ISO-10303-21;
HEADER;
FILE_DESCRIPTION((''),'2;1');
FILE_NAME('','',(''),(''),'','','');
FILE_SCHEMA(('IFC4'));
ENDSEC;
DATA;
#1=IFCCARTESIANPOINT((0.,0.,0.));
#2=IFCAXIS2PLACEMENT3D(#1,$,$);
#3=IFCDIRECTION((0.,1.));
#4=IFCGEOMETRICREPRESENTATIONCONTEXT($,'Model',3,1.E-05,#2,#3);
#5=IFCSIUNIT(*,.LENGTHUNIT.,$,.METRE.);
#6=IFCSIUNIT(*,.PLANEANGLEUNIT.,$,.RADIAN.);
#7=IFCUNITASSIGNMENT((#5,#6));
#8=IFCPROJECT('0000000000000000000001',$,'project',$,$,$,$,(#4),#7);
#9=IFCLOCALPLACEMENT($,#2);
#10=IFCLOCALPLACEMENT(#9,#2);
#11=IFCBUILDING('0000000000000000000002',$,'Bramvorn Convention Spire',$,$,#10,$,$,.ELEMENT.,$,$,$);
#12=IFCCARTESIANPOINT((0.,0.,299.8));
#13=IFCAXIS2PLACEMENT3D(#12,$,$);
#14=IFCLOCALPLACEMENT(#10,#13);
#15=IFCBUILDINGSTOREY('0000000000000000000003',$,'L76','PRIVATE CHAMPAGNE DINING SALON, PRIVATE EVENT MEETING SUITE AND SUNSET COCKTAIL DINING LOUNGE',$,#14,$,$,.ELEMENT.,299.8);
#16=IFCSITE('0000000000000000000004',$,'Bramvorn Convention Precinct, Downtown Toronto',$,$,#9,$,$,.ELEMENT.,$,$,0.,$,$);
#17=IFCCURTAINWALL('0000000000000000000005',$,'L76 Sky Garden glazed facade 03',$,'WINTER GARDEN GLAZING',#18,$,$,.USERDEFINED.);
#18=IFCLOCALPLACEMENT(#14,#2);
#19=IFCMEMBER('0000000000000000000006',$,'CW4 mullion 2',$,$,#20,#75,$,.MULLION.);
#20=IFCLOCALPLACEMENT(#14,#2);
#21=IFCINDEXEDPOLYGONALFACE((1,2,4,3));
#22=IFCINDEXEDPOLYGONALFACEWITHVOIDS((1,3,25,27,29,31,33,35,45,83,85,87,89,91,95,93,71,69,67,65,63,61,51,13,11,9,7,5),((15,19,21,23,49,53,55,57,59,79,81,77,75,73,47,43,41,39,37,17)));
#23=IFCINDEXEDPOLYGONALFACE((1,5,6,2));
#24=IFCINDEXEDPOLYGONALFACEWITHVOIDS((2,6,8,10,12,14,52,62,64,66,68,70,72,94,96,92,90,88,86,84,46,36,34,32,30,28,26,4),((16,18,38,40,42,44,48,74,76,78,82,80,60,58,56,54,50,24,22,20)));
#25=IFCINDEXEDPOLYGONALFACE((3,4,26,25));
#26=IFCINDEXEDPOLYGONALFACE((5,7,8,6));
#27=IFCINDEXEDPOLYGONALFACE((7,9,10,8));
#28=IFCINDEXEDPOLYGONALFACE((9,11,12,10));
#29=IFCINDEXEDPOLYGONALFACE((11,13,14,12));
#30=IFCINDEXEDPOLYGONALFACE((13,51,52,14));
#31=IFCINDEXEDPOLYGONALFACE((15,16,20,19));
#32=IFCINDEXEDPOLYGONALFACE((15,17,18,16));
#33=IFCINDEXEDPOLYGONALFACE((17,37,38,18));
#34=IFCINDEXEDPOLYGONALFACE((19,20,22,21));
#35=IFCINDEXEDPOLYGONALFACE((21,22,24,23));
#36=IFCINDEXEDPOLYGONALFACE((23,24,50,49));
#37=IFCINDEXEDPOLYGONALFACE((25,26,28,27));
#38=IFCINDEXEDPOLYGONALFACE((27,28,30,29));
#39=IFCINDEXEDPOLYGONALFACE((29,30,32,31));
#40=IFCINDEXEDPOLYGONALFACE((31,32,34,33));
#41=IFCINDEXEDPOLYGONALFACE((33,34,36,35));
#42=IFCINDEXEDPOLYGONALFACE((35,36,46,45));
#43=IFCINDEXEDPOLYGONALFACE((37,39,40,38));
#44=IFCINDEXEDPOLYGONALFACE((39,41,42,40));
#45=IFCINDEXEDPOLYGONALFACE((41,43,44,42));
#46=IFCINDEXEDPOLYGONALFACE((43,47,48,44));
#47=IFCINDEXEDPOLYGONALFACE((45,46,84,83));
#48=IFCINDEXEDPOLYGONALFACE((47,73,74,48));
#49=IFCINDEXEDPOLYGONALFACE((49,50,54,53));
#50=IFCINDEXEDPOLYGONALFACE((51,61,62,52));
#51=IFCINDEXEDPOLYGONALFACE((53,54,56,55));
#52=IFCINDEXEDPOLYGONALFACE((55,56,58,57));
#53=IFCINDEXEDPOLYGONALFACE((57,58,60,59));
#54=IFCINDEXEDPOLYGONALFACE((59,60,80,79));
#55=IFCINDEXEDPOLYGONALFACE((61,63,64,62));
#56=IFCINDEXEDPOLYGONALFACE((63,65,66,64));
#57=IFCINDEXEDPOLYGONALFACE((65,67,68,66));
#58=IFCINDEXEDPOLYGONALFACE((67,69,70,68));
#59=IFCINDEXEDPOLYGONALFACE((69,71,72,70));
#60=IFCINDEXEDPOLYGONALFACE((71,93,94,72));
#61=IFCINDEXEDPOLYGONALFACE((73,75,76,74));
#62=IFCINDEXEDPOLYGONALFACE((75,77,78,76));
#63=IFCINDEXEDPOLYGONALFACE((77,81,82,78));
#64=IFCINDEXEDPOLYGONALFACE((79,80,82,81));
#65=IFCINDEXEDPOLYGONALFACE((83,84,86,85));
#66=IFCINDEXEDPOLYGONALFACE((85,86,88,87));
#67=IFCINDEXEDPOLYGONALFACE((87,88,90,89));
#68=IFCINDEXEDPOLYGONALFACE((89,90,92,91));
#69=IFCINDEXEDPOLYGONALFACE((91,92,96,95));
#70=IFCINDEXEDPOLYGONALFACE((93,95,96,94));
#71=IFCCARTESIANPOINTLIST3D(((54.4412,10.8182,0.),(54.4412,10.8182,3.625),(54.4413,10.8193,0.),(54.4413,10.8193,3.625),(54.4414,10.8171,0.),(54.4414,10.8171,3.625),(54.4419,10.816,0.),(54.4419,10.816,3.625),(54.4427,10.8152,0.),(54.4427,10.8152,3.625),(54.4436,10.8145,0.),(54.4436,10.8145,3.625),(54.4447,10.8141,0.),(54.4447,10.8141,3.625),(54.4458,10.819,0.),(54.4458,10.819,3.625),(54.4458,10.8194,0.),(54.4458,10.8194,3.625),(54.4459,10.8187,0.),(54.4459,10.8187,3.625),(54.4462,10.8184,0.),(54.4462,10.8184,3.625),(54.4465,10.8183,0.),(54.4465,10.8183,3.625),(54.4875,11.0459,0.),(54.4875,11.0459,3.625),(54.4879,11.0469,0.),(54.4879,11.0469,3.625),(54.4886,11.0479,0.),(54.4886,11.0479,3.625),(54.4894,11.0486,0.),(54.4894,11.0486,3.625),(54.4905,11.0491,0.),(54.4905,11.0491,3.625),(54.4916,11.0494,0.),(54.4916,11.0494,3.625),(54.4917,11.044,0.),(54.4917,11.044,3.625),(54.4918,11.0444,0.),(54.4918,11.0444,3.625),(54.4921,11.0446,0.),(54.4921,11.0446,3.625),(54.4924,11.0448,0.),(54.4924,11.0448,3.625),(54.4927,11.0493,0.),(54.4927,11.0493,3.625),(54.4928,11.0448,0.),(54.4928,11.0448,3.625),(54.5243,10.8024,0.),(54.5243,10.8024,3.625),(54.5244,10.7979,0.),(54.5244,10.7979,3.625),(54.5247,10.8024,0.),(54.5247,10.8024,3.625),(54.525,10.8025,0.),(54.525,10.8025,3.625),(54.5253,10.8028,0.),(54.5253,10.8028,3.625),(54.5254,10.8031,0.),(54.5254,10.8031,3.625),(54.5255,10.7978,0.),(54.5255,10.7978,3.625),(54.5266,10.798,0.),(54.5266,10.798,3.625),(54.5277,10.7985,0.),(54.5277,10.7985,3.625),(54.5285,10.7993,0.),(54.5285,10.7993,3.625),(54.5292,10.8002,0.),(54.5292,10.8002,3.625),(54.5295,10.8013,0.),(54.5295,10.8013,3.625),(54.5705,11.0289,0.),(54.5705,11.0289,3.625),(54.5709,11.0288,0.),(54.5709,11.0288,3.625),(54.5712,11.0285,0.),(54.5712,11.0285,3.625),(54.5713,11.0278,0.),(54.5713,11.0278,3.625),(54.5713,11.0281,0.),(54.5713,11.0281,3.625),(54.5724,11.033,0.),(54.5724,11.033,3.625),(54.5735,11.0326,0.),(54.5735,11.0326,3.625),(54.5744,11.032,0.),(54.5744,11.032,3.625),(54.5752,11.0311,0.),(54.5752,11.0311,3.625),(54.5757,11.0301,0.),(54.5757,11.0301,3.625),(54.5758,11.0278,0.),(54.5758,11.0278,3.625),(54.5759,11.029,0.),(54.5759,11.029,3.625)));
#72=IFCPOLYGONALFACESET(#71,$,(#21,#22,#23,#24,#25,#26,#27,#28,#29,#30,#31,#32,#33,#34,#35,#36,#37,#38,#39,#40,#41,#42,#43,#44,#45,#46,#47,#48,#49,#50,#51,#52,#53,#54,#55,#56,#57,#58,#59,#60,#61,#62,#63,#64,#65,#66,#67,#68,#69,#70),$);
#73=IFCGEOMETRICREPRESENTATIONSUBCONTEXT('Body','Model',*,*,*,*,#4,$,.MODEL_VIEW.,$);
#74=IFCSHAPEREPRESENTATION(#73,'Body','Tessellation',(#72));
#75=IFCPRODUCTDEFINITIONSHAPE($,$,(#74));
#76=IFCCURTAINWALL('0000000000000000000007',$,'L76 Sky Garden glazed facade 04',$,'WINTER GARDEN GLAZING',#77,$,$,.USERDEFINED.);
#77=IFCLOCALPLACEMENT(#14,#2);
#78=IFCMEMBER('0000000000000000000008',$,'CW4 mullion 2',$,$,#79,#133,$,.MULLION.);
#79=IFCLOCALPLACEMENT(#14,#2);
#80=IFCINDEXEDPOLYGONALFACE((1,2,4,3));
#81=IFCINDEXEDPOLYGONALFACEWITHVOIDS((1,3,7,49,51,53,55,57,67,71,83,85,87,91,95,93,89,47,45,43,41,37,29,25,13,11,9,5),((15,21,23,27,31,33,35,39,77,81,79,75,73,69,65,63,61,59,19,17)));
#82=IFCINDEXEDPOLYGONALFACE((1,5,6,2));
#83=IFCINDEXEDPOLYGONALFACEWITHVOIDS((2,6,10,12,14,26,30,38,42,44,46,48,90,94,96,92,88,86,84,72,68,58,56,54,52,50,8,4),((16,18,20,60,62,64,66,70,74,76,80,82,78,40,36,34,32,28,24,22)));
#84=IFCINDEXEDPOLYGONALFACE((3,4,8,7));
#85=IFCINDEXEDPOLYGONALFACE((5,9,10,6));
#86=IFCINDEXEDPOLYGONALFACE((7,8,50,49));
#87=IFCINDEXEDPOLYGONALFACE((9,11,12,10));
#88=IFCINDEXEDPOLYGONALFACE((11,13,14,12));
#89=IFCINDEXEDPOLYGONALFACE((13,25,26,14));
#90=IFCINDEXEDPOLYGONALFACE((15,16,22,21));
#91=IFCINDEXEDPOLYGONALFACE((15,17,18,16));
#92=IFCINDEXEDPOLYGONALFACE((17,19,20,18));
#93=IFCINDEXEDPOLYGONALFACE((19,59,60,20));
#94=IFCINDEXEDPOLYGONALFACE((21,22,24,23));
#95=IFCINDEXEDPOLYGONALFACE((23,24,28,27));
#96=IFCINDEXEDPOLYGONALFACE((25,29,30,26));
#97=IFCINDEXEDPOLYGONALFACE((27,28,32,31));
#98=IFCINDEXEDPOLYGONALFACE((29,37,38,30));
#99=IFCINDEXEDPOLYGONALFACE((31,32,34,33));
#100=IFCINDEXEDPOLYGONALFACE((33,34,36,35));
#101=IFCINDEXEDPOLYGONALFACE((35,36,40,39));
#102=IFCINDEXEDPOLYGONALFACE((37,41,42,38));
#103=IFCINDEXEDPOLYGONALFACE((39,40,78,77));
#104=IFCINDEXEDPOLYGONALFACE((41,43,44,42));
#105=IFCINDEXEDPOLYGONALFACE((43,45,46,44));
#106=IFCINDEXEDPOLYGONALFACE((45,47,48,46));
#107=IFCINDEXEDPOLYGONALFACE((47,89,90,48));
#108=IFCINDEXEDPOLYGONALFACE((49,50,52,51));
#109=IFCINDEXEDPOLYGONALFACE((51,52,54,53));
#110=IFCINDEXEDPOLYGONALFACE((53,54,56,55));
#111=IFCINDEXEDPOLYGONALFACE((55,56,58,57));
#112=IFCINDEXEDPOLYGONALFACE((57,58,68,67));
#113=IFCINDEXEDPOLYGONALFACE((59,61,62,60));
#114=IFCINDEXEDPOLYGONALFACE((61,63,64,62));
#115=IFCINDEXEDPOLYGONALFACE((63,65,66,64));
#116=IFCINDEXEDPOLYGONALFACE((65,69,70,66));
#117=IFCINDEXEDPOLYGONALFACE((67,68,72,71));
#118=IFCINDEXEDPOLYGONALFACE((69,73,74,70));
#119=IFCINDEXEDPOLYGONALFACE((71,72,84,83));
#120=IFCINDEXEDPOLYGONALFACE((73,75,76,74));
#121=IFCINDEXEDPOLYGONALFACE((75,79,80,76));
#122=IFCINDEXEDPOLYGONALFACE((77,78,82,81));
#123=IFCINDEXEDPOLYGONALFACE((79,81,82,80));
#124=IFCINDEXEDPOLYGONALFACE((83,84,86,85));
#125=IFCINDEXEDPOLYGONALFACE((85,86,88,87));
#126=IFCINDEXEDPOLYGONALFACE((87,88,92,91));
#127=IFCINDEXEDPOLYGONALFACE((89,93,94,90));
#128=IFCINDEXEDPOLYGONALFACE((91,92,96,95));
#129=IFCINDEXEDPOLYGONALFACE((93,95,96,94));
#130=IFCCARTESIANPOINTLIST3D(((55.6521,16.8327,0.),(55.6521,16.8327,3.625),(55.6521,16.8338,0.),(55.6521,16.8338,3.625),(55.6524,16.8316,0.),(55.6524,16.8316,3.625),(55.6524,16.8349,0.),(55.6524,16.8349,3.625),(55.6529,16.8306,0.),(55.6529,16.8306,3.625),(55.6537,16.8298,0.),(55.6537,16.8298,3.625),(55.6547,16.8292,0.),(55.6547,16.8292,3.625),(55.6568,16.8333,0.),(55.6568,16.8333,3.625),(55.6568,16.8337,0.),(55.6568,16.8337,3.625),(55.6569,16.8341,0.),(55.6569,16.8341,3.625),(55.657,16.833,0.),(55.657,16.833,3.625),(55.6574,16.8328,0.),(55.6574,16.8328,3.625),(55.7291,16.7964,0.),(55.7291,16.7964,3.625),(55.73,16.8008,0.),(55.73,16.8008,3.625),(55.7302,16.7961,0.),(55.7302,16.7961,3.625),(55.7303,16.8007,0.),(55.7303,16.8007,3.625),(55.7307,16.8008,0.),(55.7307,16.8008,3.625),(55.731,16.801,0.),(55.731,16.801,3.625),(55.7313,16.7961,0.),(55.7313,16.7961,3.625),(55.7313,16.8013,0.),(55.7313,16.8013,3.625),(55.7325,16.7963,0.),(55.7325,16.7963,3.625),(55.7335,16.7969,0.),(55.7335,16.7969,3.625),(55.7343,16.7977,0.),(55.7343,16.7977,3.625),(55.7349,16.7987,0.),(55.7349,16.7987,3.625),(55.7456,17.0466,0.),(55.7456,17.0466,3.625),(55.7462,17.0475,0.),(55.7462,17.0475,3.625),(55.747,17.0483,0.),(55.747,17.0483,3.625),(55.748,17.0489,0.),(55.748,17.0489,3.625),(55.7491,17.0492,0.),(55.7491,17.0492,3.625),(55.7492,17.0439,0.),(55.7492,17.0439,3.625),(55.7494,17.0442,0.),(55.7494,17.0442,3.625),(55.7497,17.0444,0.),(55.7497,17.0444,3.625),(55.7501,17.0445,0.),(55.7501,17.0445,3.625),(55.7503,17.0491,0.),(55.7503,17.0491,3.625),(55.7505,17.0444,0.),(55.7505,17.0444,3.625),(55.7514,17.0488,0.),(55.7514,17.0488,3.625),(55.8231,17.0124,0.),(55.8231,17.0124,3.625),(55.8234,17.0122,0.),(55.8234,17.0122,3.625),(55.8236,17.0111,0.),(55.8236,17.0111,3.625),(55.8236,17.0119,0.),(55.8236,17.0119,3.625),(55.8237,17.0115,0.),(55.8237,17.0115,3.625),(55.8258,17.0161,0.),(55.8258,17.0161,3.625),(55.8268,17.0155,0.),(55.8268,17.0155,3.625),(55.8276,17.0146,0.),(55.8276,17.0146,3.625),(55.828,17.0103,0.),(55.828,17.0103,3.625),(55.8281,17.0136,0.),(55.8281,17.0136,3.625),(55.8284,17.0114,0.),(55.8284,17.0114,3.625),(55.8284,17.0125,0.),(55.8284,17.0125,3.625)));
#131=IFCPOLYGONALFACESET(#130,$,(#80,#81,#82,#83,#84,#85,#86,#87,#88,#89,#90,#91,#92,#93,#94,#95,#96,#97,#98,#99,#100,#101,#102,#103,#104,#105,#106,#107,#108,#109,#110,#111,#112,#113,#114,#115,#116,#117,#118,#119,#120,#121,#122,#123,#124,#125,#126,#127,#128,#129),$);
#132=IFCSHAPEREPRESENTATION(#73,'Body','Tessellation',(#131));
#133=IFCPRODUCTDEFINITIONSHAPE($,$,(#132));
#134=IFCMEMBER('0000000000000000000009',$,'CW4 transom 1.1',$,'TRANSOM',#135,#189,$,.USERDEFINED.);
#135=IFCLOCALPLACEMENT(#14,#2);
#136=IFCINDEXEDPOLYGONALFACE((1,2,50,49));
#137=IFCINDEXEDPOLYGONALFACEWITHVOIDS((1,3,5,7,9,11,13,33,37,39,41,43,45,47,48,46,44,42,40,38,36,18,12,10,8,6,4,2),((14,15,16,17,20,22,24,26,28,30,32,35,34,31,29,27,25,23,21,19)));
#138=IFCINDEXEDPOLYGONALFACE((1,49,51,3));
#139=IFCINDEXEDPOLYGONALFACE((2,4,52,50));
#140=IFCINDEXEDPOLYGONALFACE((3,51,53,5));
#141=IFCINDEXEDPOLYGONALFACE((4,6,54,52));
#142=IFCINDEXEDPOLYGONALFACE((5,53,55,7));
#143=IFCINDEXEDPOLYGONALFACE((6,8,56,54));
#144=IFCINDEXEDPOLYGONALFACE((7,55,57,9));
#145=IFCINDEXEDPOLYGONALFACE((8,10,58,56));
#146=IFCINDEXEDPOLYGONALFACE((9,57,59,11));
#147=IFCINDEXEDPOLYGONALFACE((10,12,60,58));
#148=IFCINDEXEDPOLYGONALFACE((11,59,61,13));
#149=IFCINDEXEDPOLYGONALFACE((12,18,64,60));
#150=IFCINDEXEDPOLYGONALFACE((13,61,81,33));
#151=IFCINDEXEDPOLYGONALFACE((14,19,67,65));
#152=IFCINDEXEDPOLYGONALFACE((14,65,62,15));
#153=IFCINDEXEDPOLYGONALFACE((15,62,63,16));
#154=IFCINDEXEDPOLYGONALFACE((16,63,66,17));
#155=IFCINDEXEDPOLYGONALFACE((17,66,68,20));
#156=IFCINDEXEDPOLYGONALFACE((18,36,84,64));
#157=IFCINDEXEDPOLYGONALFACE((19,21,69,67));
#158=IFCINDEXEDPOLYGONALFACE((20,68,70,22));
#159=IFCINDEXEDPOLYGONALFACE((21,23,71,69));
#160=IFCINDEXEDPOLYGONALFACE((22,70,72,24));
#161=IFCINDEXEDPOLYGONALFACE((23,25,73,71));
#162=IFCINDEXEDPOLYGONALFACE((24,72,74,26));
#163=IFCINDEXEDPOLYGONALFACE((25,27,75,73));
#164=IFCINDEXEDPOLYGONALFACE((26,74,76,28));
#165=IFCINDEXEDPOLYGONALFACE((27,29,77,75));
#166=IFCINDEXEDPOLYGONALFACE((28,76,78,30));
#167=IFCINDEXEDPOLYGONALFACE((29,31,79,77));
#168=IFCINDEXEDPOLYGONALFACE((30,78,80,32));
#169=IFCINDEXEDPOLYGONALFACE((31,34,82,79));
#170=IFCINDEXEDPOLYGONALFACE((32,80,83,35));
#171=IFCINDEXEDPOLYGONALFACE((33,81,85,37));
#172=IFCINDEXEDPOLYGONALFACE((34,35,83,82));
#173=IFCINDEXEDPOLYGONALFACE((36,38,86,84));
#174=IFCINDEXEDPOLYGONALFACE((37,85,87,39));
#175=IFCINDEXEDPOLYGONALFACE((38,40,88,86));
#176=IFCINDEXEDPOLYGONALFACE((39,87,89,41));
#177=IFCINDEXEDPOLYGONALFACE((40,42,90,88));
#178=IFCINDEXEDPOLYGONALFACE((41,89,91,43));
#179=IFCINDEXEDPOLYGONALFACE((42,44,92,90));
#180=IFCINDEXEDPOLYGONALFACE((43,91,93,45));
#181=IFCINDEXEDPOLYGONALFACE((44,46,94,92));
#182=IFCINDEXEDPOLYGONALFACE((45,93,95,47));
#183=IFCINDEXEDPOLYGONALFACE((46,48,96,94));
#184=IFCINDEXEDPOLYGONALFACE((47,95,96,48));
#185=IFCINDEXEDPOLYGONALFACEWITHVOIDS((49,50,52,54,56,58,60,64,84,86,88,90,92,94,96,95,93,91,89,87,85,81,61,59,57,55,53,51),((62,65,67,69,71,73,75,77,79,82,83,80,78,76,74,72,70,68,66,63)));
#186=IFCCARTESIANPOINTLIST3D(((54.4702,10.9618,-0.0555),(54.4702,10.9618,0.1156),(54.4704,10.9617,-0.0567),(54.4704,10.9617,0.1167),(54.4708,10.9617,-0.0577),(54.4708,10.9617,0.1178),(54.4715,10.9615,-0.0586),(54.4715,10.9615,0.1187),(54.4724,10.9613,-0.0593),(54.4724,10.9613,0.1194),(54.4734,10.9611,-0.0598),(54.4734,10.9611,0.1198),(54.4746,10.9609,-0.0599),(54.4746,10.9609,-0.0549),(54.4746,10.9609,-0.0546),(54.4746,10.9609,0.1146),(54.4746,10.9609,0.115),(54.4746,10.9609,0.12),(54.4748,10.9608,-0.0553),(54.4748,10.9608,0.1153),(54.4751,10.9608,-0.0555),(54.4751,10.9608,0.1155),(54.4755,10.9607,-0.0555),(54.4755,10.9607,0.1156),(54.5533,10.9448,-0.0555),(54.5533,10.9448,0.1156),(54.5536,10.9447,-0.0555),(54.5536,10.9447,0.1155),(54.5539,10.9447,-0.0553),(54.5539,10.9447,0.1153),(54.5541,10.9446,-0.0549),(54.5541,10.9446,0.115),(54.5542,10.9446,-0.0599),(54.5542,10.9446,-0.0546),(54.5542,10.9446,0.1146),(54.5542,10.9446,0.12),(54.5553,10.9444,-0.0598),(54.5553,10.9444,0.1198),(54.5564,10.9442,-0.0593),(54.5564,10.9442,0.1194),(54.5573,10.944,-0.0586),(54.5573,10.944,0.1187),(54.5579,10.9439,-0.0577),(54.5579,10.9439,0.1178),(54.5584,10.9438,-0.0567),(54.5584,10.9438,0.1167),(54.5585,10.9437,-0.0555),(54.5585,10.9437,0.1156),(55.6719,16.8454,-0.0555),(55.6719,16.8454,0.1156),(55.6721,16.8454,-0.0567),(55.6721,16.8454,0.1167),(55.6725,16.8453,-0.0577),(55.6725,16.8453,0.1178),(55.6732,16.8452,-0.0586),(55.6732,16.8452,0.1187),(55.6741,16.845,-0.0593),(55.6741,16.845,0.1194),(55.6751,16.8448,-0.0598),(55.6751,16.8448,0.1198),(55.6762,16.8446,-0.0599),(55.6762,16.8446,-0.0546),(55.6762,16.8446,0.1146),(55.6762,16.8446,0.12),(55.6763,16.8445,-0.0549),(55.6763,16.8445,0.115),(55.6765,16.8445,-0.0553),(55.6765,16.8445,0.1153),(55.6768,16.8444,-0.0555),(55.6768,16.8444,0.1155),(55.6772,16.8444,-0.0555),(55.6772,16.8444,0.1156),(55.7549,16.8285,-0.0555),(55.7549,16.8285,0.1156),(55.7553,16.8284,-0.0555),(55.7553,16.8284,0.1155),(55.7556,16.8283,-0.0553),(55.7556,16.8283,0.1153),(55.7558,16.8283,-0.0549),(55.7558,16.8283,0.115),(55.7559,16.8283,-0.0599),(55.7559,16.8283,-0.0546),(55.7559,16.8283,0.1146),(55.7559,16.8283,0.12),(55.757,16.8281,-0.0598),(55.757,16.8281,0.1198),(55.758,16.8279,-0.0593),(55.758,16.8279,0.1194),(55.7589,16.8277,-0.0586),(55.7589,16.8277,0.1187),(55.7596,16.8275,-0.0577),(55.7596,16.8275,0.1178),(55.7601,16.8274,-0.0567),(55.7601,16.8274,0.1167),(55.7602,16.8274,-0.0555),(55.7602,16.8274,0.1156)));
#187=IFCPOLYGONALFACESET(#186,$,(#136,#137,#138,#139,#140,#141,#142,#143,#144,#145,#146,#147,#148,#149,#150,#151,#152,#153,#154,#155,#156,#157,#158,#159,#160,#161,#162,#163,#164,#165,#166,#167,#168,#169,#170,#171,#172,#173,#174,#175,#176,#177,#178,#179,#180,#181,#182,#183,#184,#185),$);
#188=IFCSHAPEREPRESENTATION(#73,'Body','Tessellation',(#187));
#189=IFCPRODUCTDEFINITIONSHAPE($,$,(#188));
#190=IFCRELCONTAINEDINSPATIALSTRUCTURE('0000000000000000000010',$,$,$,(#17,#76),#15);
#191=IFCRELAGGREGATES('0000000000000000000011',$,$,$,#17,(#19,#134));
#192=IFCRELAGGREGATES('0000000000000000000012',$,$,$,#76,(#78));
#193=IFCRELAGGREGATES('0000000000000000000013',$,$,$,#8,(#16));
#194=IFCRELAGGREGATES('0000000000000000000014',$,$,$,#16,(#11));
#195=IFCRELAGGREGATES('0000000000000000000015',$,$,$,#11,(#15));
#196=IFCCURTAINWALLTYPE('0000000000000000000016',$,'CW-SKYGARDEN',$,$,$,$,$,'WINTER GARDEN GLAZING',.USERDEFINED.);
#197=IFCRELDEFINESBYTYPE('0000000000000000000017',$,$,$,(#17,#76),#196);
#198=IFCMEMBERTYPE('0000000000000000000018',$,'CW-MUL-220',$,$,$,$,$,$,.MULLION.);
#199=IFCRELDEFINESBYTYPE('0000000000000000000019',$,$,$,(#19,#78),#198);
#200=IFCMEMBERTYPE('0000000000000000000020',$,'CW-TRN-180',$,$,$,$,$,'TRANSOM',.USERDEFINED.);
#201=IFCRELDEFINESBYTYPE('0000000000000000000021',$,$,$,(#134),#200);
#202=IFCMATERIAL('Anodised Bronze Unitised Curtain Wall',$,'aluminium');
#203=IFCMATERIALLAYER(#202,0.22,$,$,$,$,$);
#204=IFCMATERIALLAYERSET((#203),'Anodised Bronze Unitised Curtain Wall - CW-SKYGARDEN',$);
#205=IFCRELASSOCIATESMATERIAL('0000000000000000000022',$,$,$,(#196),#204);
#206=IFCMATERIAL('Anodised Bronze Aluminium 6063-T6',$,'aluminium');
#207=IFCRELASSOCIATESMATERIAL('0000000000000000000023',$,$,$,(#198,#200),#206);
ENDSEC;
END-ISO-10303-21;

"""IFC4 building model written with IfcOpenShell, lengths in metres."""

from ifc_helpers import new_model, si_unit, direction, frame, origin, origin_2d, place, context, subcontext, project, spatial, hollow_rectangle, extrude, material, layer, layer_set, material_profile, profile_set, type_object, element, aggregate, save


model = new_model("IFC4")

# Units and contexts
model_context = context("Model", 3, precision=1e-05, world=origin(), true_north=direction((0.0, 1.0)))
body_context = subcontext(model_context, "Body", "Model", "MODEL_VIEW")
ifc_project = project(units=[si_unit("LENGTHUNIT", "METRE"), si_unit("PLANEANGLEUNIT", "RADIAN")], contexts=[model_context])

# Site, building, storey
site_placement = place(None, origin())
site = spatial("IfcSite", under=ifc_project, at=site_placement, Name="Bramvorn Convention Precinct, Downtown Toronto", CompositionType="ELEMENT", RefElevation=0.0)
building_placement = place(site_placement, origin())
building = spatial("IfcBuilding", under=site, at=building_placement, Name="Bramvorn Convention Spire", CompositionType="ELEMENT")
storey_placement = place(building_placement, frame((0.0, 0.0, 299.8)))
storey = spatial("IfcBuildingStorey", under=building, at=storey_placement, Name="L76", Description="PRIVATE CHAMPAGNE DINING SALON, PRIVATE EVENT MEETING SUITE AND SUNSET COCKTAIL DINING LOUNGE", CompositionType="ELEMENT", Elevation=299.8)

# Curtain wall, member
ifc_material_1 = material(Name="Anodised Bronze Unitised Curtain Wall", Category="aluminium")
ifc_layer_1 = layer(ifc_material_1, 0.22)
ifc_layer_set_1 = layer_set([ifc_layer_1], Name="Anodised Bronze Unitised Curtain Wall - CW-SKYGARDEN")
curtain_wall_type = type_object("IfcCurtainWallType", Name="CW-SKYGARDEN", ElementType="WINTER GARDEN GLAZING", PredefinedType="USERDEFINED", material=ifc_layer_set_1)
curtain_wall_1_placement = place(storey_placement, origin())
curtain_wall_1 = element("IfcCurtainWall", 1, at=curtain_wall_1_placement, inside=storey, type_object=curtain_wall_type, Name="L76 Sky Garden glazed facade 03", ObjectType="WINTER GARDEN GLAZING", PredefinedType="USERDEFINED")
ifc_material_2 = material(Name="Anodised Bronze Aluminium 6063-T6", Category="aluminium")
ifc_material_profile_1 = material_profile(ifc_material_2, hollow_rectangle(XDim=0.0901, YDim=0.24, WallThickness=0.0044, InnerFilletRadius=0.001, OuterFilletRadius=0.0044, at=origin_2d()))
ifc_profile_set_1 = profile_set([ifc_material_profile_1], Name="Anodised Bronze Aluminium 6063-T6 - CWM90X240")
member_type_1 = type_object("IfcMemberType", Name="CW-MUL-220", PredefinedType="MULLION", material=ifc_profile_set_1)
member_1_placement = place(storey_placement, frame((54.5085, 10.9236, 0.0), z_axis=(0.0, 0.0, 1.0), x_axis=(0.979774, -0.200105, 0.0)))
member_1 = element("IfcMember", 2, at=member_1_placement, type_object=member_type_1, Name="CW4 mullion 2", PredefinedType="MULLION", context=body_context, shape_type="SweptSolid", body=[
    extrude(hollow_rectangle(XDim=0.0901, YDim=0.24, WallThickness=0.0044, InnerFilletRadius=0.001, OuterFilletRadius=0.0044, at=origin_2d()), origin(), (0.0, 0.0, 1.0), 3.625),
])

# Curtain wall, member
curtain_wall_2_placement = place(storey_placement, origin())
curtain_wall_2 = element("IfcCurtainWall", 3, at=curtain_wall_2_placement, inside=storey, type_object=curtain_wall_type, Name="L76 Sky Garden glazed facade 04", ObjectType="WINTER GARDEN GLAZING", PredefinedType="USERDEFINED")
member_2_placement = place(storey_placement, frame((55.7402, 16.9226, 0.0), z_axis=(0.0, 0.0, 1.0), x_axis=(0.915268, -0.402844, 0.0)))
member_2 = element("IfcMember", 4, at=member_2_placement, type_object=member_type_1, Name="CW4 mullion 2", PredefinedType="MULLION", context=body_context, shape_type="SweptSolid", body=[
    extrude(hollow_rectangle(XDim=0.0901, YDim=0.24, WallThickness=0.0044, InnerFilletRadius=0.001, OuterFilletRadius=0.0044, at=origin_2d()), origin(), (0.0, 0.0, 1.0), 3.625),
])

# Member
ifc_material_profile_2 = material_profile(ifc_material_2, hollow_rectangle(XDim=0.0901, YDim=0.1799, WallThickness=0.0044, InnerFilletRadius=0.001, OuterFilletRadius=0.0044, at=origin_2d()))
ifc_profile_set_2 = profile_set([ifc_material_profile_2], Name="Anodised Bronze Aluminium 6063-T6 - CWT90X180")
member_type_2 = type_object("IfcMemberType", Name="CW-TRN-180", ElementType="TRANSOM", PredefinedType="USERDEFINED", material=ifc_profile_set_2)
member_3_placement = place(storey_placement, frame((55.7161, 16.8364, 0.03), z_axis=(-0.20011, -0.979773, 0.0), x_axis=(0.979773, -0.20011, 0.0)))
member_3 = element("IfcMember", 5, at=member_3_placement, type_object=member_type_2, Name="CW4 transom 1.1", ObjectType="TRANSOM", PredefinedType="USERDEFINED", context=body_context, shape_type="SweptSolid", body=[
    extrude(hollow_rectangle(XDim=0.0901, YDim=0.1799, WallThickness=0.0044, InnerFilletRadius=0.001, OuterFilletRadius=0.0044, at=origin_2d()), origin(), (0.0, 0.0, 1.0), 6.0051),
])

aggregate(curtain_wall_1, [member_1, member_3])
aggregate(curtain_wall_2, [member_2])

save(model, "model.ifc")
